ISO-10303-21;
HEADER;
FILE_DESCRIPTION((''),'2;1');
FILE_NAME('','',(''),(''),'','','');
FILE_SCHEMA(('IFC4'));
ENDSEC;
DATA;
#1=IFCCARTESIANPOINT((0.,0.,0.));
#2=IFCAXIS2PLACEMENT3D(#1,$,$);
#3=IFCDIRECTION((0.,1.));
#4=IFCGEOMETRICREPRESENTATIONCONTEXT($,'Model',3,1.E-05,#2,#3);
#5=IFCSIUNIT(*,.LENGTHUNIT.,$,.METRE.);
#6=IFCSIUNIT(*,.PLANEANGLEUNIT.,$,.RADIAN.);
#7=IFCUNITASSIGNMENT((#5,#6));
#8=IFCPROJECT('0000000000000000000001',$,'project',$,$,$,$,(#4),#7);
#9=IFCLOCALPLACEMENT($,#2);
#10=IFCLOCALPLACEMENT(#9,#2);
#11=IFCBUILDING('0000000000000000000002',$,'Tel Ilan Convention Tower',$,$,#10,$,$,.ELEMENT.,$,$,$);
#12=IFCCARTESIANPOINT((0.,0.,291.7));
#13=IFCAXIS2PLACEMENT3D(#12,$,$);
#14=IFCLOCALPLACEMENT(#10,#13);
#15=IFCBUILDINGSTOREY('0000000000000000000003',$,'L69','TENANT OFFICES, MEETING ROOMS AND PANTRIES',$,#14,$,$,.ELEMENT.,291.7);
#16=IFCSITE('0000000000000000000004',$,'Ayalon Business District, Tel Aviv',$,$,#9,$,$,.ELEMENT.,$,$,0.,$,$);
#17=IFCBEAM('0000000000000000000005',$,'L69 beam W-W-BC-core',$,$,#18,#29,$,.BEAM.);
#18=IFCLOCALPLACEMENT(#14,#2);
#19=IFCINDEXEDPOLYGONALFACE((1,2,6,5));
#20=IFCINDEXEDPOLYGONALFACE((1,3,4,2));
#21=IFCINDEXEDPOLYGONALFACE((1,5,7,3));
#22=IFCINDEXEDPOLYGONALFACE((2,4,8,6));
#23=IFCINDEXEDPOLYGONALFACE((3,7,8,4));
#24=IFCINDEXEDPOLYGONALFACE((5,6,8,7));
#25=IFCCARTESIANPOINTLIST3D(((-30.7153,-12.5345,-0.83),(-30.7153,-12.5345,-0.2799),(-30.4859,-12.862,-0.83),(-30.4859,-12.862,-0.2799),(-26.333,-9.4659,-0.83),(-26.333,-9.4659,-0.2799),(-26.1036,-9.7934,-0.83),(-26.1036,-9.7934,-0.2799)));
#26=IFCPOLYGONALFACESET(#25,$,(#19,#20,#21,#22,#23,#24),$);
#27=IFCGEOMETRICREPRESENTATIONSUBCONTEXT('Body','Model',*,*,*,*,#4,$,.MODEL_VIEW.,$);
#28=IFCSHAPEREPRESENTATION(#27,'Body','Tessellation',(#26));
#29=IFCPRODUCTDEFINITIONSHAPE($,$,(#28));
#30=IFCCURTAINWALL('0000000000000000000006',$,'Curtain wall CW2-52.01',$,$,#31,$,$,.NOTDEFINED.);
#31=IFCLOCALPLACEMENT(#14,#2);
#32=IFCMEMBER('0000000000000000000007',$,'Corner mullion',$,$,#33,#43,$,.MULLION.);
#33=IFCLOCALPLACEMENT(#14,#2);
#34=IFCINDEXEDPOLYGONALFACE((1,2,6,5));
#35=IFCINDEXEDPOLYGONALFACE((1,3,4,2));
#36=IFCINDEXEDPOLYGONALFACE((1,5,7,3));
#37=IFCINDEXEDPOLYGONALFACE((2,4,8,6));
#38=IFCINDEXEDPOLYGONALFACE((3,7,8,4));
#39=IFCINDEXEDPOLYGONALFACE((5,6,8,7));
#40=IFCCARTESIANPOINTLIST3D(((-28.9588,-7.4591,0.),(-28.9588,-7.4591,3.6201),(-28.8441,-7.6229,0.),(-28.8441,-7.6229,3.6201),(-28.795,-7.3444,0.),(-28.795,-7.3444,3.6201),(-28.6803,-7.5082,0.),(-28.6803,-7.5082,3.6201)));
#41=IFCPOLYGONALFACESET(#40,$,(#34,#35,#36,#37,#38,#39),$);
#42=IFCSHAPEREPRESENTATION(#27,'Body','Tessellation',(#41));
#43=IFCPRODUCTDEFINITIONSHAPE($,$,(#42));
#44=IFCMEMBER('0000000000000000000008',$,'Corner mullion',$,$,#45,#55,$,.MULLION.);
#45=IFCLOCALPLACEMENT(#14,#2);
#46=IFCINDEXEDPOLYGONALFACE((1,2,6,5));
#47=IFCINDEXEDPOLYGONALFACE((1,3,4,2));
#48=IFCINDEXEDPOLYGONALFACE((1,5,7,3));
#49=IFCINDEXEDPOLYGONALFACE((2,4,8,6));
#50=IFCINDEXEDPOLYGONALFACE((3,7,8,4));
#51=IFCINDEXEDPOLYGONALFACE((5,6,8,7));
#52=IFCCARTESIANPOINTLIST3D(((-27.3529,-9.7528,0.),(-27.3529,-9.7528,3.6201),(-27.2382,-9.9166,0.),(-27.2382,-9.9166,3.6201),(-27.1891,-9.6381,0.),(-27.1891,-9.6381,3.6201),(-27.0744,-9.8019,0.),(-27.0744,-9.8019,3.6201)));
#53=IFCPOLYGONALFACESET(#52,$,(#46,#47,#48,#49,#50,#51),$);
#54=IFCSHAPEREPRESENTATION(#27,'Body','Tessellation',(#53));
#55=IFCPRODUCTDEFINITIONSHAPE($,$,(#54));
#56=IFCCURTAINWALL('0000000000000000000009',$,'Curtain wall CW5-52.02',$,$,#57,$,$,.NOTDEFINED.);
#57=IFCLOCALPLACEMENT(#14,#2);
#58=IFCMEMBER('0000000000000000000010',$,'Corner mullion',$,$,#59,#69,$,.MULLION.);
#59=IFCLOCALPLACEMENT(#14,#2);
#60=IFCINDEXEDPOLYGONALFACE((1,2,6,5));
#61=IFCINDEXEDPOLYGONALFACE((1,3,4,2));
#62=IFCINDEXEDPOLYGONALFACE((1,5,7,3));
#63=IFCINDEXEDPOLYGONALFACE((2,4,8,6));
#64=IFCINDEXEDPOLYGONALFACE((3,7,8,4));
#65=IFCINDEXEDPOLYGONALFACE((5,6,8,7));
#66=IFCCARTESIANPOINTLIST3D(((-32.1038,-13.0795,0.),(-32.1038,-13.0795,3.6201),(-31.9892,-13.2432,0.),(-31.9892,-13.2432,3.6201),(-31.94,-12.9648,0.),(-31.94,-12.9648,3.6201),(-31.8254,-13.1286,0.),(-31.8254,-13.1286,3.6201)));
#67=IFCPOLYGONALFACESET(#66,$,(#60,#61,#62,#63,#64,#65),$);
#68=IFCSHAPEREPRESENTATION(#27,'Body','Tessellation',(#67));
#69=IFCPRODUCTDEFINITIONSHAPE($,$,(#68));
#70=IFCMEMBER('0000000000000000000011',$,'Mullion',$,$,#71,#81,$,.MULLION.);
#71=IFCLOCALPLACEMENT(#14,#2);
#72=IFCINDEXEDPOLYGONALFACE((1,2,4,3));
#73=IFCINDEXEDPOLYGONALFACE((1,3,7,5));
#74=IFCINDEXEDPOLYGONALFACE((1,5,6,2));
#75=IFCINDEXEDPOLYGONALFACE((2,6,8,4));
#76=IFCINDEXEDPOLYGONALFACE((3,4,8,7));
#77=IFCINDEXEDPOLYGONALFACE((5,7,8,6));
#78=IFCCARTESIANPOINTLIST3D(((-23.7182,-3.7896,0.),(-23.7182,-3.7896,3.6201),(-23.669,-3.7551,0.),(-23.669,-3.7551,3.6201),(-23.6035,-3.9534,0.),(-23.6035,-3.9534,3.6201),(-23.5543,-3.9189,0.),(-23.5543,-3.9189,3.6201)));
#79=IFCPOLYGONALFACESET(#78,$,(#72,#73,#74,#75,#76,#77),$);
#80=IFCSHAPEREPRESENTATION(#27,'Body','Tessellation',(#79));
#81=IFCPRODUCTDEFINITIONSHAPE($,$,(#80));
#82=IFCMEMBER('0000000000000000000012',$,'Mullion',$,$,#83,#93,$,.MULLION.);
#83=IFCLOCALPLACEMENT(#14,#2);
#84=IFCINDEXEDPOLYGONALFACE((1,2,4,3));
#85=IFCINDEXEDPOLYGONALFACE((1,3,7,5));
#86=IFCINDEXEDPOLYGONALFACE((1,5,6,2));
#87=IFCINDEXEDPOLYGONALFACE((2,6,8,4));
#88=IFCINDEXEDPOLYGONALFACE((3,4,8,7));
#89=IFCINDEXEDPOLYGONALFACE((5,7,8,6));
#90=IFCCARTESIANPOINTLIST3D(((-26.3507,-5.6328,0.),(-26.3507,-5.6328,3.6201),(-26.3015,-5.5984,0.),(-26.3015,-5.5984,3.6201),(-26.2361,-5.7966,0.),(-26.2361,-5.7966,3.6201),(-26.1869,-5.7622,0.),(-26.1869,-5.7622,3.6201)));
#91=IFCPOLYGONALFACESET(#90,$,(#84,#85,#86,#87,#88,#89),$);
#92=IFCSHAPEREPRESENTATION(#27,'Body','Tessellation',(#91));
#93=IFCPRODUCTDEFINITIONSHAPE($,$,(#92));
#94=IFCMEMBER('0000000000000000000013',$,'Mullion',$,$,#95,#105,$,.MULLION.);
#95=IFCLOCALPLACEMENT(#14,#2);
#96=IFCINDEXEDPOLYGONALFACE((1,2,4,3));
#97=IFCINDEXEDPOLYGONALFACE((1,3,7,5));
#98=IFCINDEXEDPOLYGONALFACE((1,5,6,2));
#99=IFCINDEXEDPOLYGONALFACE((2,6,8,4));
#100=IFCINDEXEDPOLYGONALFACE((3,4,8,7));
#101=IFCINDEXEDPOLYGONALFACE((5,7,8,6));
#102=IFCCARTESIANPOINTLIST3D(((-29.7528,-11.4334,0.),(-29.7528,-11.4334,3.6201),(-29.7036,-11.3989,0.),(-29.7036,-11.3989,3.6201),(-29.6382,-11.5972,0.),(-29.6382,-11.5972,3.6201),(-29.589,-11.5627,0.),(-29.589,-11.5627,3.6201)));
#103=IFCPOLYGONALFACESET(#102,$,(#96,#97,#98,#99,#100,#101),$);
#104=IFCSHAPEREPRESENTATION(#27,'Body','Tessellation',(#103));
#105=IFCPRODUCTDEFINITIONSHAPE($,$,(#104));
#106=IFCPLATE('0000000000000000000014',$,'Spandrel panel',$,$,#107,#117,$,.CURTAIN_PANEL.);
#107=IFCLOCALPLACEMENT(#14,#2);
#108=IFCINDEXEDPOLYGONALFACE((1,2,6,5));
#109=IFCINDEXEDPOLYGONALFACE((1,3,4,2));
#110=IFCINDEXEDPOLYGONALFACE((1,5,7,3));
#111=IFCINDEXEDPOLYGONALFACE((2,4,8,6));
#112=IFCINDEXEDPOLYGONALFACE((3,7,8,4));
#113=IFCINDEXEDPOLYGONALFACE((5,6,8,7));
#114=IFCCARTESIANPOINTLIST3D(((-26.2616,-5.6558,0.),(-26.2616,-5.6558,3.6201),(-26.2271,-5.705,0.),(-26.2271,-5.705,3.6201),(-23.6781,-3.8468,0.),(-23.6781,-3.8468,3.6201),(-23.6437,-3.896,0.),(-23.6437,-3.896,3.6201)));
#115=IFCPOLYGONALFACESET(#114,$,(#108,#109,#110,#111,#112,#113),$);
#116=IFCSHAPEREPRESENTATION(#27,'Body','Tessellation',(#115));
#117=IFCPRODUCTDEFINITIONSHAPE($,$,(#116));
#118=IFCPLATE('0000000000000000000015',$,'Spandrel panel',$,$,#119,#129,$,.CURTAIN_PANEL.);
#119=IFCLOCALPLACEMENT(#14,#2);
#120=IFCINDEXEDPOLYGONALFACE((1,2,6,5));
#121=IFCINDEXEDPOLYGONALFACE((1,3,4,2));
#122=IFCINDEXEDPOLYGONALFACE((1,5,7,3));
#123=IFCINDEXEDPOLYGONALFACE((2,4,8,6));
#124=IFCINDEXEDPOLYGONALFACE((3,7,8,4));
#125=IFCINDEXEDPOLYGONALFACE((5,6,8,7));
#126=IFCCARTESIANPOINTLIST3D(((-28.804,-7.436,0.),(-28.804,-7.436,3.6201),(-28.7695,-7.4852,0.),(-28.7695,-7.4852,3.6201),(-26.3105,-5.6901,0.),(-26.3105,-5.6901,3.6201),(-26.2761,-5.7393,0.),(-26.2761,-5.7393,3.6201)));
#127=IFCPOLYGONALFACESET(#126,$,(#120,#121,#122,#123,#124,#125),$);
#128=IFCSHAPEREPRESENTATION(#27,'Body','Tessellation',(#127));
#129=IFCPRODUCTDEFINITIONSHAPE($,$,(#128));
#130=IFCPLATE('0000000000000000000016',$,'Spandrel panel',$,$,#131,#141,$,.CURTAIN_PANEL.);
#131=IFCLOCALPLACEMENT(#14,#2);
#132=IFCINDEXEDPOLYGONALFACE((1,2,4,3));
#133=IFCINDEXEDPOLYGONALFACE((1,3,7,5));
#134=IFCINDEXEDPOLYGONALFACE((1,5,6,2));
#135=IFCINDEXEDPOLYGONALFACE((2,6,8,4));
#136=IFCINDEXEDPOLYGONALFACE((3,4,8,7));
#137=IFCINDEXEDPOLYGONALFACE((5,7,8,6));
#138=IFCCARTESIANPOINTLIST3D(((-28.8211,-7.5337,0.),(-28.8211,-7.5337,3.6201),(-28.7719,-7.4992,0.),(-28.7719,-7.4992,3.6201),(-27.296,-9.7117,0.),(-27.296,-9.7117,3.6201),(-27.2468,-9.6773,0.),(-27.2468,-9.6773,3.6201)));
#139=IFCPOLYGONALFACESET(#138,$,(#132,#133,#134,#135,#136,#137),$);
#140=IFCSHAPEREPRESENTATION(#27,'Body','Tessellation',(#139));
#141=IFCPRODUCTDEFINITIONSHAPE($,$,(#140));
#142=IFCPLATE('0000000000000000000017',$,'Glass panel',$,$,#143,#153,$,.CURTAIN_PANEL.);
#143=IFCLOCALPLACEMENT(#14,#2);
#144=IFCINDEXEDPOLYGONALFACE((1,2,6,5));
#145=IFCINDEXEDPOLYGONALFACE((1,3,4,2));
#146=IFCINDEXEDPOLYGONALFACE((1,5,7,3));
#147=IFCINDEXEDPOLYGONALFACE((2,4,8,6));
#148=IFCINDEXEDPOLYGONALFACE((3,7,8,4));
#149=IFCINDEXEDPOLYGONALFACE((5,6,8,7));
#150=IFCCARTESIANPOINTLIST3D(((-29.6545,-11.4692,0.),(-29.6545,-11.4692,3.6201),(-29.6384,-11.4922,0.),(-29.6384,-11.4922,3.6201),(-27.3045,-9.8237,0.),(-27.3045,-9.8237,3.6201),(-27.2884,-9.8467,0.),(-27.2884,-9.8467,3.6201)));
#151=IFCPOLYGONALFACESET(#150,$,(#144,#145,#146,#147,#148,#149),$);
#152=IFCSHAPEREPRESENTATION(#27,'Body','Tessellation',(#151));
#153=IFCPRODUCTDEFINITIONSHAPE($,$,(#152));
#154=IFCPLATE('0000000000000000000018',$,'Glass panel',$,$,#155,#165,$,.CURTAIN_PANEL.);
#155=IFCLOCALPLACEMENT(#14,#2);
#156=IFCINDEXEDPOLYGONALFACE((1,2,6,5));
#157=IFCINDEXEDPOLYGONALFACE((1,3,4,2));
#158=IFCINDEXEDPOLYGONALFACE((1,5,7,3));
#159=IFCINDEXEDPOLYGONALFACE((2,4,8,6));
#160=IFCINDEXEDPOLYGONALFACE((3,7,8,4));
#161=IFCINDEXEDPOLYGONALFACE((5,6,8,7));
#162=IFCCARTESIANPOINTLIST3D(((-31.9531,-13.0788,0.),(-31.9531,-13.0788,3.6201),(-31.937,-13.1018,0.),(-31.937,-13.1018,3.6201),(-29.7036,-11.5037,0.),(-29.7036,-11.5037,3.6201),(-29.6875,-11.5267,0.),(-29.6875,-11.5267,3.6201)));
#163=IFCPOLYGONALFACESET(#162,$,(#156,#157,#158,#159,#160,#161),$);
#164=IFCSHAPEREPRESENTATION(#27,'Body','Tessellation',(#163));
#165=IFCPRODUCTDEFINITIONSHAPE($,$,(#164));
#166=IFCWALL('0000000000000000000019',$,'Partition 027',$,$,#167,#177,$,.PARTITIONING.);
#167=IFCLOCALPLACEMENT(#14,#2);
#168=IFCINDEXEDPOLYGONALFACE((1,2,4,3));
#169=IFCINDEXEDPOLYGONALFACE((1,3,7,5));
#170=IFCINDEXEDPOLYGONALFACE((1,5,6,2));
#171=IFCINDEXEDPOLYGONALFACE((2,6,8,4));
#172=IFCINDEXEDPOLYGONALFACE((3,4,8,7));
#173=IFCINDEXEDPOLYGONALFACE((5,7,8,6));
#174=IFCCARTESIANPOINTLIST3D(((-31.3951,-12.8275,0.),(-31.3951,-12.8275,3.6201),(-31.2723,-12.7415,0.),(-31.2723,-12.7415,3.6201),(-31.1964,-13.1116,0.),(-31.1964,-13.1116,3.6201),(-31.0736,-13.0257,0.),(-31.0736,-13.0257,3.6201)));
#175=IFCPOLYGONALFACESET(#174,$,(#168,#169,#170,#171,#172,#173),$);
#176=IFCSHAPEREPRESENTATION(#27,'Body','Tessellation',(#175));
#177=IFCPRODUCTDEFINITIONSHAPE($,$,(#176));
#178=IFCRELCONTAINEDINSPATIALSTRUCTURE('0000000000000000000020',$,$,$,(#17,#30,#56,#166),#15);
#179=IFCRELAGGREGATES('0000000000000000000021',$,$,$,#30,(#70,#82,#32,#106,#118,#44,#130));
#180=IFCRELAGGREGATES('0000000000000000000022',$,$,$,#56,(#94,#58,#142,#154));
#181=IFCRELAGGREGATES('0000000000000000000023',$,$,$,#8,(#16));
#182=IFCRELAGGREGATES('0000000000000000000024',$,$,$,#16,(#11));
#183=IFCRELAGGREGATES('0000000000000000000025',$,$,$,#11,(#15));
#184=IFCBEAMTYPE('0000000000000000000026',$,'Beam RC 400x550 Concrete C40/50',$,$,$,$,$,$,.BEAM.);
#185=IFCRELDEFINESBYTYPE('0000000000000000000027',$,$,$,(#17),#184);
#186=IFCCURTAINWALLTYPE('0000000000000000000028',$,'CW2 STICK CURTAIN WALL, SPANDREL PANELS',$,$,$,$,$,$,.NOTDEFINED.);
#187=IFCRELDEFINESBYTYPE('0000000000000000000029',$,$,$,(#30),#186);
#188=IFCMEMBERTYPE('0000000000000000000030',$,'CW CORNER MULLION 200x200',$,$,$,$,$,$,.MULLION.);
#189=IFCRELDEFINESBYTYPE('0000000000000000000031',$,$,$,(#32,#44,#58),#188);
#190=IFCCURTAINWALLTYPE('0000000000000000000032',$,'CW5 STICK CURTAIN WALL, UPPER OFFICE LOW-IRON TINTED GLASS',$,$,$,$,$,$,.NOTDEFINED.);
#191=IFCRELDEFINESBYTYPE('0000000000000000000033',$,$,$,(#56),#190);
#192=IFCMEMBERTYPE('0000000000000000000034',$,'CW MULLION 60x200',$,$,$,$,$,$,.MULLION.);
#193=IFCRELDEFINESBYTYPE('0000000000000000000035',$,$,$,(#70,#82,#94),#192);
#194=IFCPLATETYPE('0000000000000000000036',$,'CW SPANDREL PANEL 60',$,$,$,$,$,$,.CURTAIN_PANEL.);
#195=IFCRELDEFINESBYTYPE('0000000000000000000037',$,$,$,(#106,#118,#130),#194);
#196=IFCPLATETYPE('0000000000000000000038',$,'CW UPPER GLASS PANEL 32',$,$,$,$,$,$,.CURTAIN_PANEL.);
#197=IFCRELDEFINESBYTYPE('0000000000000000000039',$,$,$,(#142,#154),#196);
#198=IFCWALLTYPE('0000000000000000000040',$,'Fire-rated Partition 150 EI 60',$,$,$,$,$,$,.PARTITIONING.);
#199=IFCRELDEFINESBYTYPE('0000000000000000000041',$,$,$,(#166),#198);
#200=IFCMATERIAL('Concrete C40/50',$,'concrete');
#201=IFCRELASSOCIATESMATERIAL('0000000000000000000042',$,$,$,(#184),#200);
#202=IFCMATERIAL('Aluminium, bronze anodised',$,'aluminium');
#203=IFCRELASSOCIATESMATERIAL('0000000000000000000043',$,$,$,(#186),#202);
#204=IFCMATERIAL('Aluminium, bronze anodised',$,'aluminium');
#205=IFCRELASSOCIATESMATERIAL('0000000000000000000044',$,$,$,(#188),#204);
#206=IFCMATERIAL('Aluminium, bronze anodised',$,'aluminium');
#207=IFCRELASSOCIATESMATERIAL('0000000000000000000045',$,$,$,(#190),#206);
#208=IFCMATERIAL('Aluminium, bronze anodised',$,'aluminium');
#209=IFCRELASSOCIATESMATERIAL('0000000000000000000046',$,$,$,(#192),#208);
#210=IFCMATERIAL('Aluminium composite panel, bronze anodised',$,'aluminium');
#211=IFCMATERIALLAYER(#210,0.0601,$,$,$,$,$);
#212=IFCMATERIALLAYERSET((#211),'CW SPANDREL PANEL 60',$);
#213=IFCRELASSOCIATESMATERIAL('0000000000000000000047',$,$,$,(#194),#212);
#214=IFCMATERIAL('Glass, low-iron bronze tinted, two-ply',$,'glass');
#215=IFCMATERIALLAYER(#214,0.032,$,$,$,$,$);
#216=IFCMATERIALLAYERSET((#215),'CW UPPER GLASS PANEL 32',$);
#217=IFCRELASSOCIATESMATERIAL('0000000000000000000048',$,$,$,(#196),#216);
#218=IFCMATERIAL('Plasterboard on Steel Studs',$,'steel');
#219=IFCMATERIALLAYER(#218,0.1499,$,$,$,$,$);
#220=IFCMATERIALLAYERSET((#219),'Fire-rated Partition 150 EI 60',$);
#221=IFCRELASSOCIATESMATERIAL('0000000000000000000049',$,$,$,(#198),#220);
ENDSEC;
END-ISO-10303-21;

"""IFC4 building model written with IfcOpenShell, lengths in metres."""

from ifc_helpers import new_model, si_unit, direction, frame, frame_2d, origin, origin_2d, place, context, subcontext, project, spatial, rectangle, extrude, material, layer, layer_set, material_profile, profile_set, type_object, element, aggregate, save


model = new_model("IFC4")

# Units and contexts
model_context = context("Model", 3, precision=1e-05, world=origin(), true_north=direction((0.0, 1.0)))
body_context = subcontext(model_context, "Body", "Model", "MODEL_VIEW")
ifc_project = project(units=[si_unit("LENGTHUNIT", "METRE"), si_unit("PLANEANGLEUNIT", "RADIAN")], contexts=[model_context])

# Site, building, storey
site_placement = place(None, origin())
site = spatial("IfcSite", under=ifc_project, at=site_placement, Name="Ayalon Business District, Tel Aviv", CompositionType="ELEMENT", RefElevation=0.0)
building_placement = place(site_placement, origin())
building = spatial("IfcBuilding", under=site, at=building_placement, Name="Tel Ilan Convention Tower", CompositionType="ELEMENT")
storey_placement = place(building_placement, frame((0.0, 0.0, 291.7)))
storey = spatial("IfcBuildingStorey", under=building, at=storey_placement, Name="L69", Description="TENANT OFFICES, MEETING ROOMS AND PANTRIES", CompositionType="ELEMENT", Elevation=291.7)

# Beam
ifc_material_1 = material(Name="Concrete C40/50", Category="concrete")
ifc_material_profile_1 = material_profile(ifc_material_1, rectangle(XDim=0.3999, YDim=0.55, at=origin_2d()), Name="RC 400x550")
ifc_profile_set_1 = profile_set([ifc_material_profile_1], Name="Concrete C40/50")
beam_type = type_object("IfcBeamType", Name="Beam RC 400x550 Concrete C40/50", PredefinedType="BEAM", material=ifc_profile_set_1)
beam_placement = place(storey_placement, frame((-30.6006, -12.6982, -0.5549), z_axis=(0.819146, 0.573585, 0.0), x_axis=(-0.573585, 0.819146, 0.0)))
element("IfcBeam", 1, at=beam_placement, inside=storey, type_object=beam_type, Name="L69 beam W-W-BC-core", PredefinedType="BEAM", context=body_context, shape_type="SweptSolid", body=[
    extrude(rectangle(XDim=0.3999, YDim=0.55, at=origin_2d()), origin(), (0.0, 0.0, 1.0), 5.3499),
])

# Curtain wall, members
ifc_material_2 = material(Name="Aluminium, bronze anodised", Category="aluminium")
curtain_wall_type_1 = type_object("IfcCurtainWallType", Name="CW2 STICK CURTAIN WALL, SPANDREL PANELS", PredefinedType="NOTDEFINED", material=ifc_material_2)
curtain_wall_1_placement = place(storey_placement, origin())
curtain_wall_1 = element("IfcCurtainWall", 2, at=curtain_wall_1_placement, inside=storey, type_object=curtain_wall_type_1, Name="Curtain wall CW2-52.01", PredefinedType="NOTDEFINED")
ifc_material_3 = material(Name="Aluminium, bronze anodised", Category="aluminium")
ifc_material_profile_2 = material_profile(ifc_material_3, rectangle(XDim=0.2, YDim=0.2, at=origin_2d()), Name="CW CORNER MULLION 200x200")
ifc_profile_set_2 = profile_set([ifc_material_profile_2], Name="Aluminium, bronze anodised")
member_type_1 = type_object("IfcMemberType", Name="CW CORNER MULLION 200x200", PredefinedType="MULLION", material=ifc_profile_set_2)
member_1_placement = place(storey_placement, frame((-28.8196, -7.4836, 0.0), z_axis=(0.0, 0.0, 1.0), x_axis=(-0.819152, -0.573576, 0.0)))
member_1 = element("IfcMember", 3, at=member_1_placement, type_object=member_type_1, Name="Corner mullion", PredefinedType="MULLION", context=body_context, shape_type="SweptSolid", body=[
    extrude(rectangle(XDim=0.2, YDim=0.2, at=origin_2d()), origin(), (0.0, 0.0, 1.0), 3.6201),
])
member_2_placement = place(storey_placement, frame((-27.2136, -9.7773, 0.0), z_axis=(0.0, 0.0, 1.0), x_axis=(0.573576, -0.819152, 0.0)))
member_2 = element("IfcMember", 4, at=member_2_placement, type_object=member_type_1, Name="Corner mullion", PredefinedType="MULLION", context=body_context, shape_type="SweptSolid", body=[
    extrude(rectangle(XDim=0.2, YDim=0.2, at=origin_2d()), origin(), (0.0, 0.0, 1.0), 3.6201),
])

# Curtain wall, member
ifc_material_4 = material(Name="Aluminium, bronze anodised", Category="aluminium")
curtain_wall_type_2 = type_object("IfcCurtainWallType", Name="CW5 STICK CURTAIN WALL, UPPER OFFICE LOW-IRON TINTED GLASS", PredefinedType="NOTDEFINED", material=ifc_material_4)
curtain_wall_2_placement = place(storey_placement, origin())
curtain_wall_2 = element("IfcCurtainWall", 5, at=curtain_wall_2_placement, inside=storey, type_object=curtain_wall_type_2, Name="Curtain wall CW5-52.02", PredefinedType="NOTDEFINED")
member_3_placement = place(storey_placement, frame((-31.9646, -13.104, 0.0), z_axis=(0.0, 0.0, 1.0), x_axis=(-0.819152, -0.573576, 0.0)))
member_3 = element("IfcMember", 6, at=member_3_placement, type_object=member_type_1, Name="Corner mullion", PredefinedType="MULLION", context=body_context, shape_type="SweptSolid", body=[
    extrude(rectangle(XDim=0.2, YDim=0.2, at=origin_2d()), origin(), (0.0, 0.0, 1.0), 3.6201),
])

# Members
ifc_material_5 = material(Name="Aluminium, bronze anodised", Category="aluminium")
ifc_material_profile_3 = material_profile(ifc_material_5, rectangle(XDim=0.0601, YDim=0.2, at=origin_2d()), Name="CW MULLION 60x200")
ifc_profile_set_3 = profile_set([ifc_material_profile_3], Name="Aluminium, bronze anodised")
member_type_2 = type_object("IfcMemberType", Name="CW MULLION 60x200", PredefinedType="MULLION", material=ifc_profile_set_3)
member_4_placement = place(storey_placement, frame((-23.6362, -3.8542, 0.0), z_axis=(0.0, 0.0, 1.0), x_axis=(-0.819152, -0.573576, 0.0)))
member_4 = element("IfcMember", 7, at=member_4_placement, type_object=member_type_2, Name="Mullion", PredefinedType="MULLION", context=body_context, shape_type="SweptSolid", body=[
    extrude(rectangle(XDim=0.0601, YDim=0.2, at=origin_2d()), origin(), (0.0, 0.0, 1.0), 3.6201),
])
member_5_placement = place(storey_placement, frame((-26.2688, -5.6975, 0.0), z_axis=(0.0, 0.0, 1.0), x_axis=(-0.819152, -0.573576, 0.0)))
member_5 = element("IfcMember", 8, at=member_5_placement, type_object=member_type_2, Name="Mullion", PredefinedType="MULLION", context=body_context, shape_type="SweptSolid", body=[
    extrude(rectangle(XDim=0.0601, YDim=0.2, at=origin_2d()), origin(), (0.0, 0.0, 1.0), 3.6201),
])
member_6_placement = place(storey_placement, frame((-29.6709, -11.498, 0.0), z_axis=(0.0, 0.0, 1.0), x_axis=(-0.819152, -0.573576, 0.0)))
member_6 = element("IfcMember", 9, at=member_6_placement, type_object=member_type_2, Name="Mullion", PredefinedType="MULLION", context=body_context, shape_type="SweptSolid", body=[
    extrude(rectangle(XDim=0.0601, YDim=0.2, at=origin_2d()), origin(), (0.0, 0.0, 1.0), 3.6201),
])

# Plates
ifc_material_6 = material(Name="Aluminium composite panel, bronze anodised", Category="aluminium")
ifc_layer_1 = layer(ifc_material_6, 0.0601)
ifc_layer_set_1 = layer_set([ifc_layer_1], Name="CW SPANDREL PANEL 60")
plate_type_1 = type_object("IfcPlateType", Name="CW SPANDREL PANEL 60", PredefinedType="CURTAIN_PANEL", material=ifc_layer_set_1)
plate_1_placement = place(storey_placement, frame((-24.9526, -4.7759, 0.0), z_axis=(0.0, 0.0, 1.0), x_axis=(-0.819152, -0.573576, 0.0)))
plate_1 = element("IfcPlate", 10, at=plate_1_placement, type_object=plate_type_1, Name="Spandrel panel", PredefinedType="CURTAIN_PANEL", context=body_context, shape_type="SweptSolid", body=[
    extrude(rectangle(XDim=3.1538, YDim=0.0601, at=origin_2d()), origin(), (0.0, 0.0, 1.0), 3.6201),
])
plate_2_placement = place(storey_placement, frame((-27.54, -6.5876, 0.0), z_axis=(0.0, 0.0, 1.0), x_axis=(-0.819152, -0.573576, 0.0)))
plate_2 = element("IfcPlate", 11, at=plate_2_placement, type_object=plate_type_1, Name="Spandrel panel", PredefinedType="CURTAIN_PANEL", context=body_context, shape_type="SweptSolid", body=[
    extrude(rectangle(XDim=3.0439, YDim=0.0601, at=origin_2d()), origin(), (0.0, 0.0, 1.0), 3.6201),
])
plate_3_placement = place(storey_placement, frame((-28.0339, -8.6055, 0.0), z_axis=(0.0, 0.0, 1.0), x_axis=(0.573576, -0.819152, 0.0)))
plate_3 = element("IfcPlate", 12, at=plate_3_placement, type_object=plate_type_1, Name="Spandrel panel", PredefinedType="CURTAIN_PANEL", context=body_context, shape_type="SweptSolid", body=[
    extrude(rectangle(XDim=2.6589, YDim=0.0601, at=origin_2d()), origin(), (0.0, 0.0, 1.0), 3.6201),
])
aggregate(curtain_wall_1, [member_4, member_5, member_1, plate_1, plate_2, member_2, plate_3])
ifc_material_7 = material(Name="Glass, low-iron bronze tinted, two-ply", Category="glass")
ifc_layer_2 = layer(ifc_material_7, 0.032)
ifc_layer_set_2 = layer_set([ifc_layer_2], Name="CW UPPER GLASS PANEL 32")
plate_type_2 = type_object("IfcPlateType", Name="CW UPPER GLASS PANEL 32", PredefinedType="CURTAIN_PANEL", material=ifc_layer_set_2)
plate_4_placement = place(storey_placement, frame((-28.4714, -10.658, 0.0), z_axis=(0.0, 0.0, 1.0), x_axis=(-0.819152, -0.573576, 0.0)))
plate_4 = element("IfcPlate", 13, at=plate_4_placement, type_object=plate_type_2, Name="Glass panel", PredefinedType="CURTAIN_PANEL", context=body_context, shape_type="SweptSolid", body=[
    extrude(rectangle(XDim=2.8689, YDim=0.0281, at=origin_2d()), origin(), (0.0, 0.0, 1.0), 3.6201),
])
plate_5_placement = place(storey_placement, frame((-30.8203, -12.3027, 0.0), z_axis=(0.0, 0.0, 1.0), x_axis=(-0.819152, -0.573576, 0.0)))
plate_5 = element("IfcPlate", 14, at=plate_5_placement, type_object=plate_type_2, Name="Glass panel", PredefinedType="CURTAIN_PANEL", context=body_context, shape_type="SweptSolid", body=[
    extrude(rectangle(XDim=2.7461, YDim=0.0281, at=origin_2d()), origin(), (0.0, 0.0, 1.0), 3.6201),
])
aggregate(curtain_wall_2, [member_6, member_3, plate_4, plate_5])

# Wall
ifc_material_8 = material(Name="Plasterboard on Steel Studs", Category="steel")
ifc_layer_3 = layer(ifc_material_8, 0.1499)
ifc_layer_set_3 = layer_set([ifc_layer_3], Name="Fire-rated Partition 150 EI 60")
wall_type_1 = type_object("IfcWallType", Name="Fire-rated Partition 150 EI 60", PredefinedType="PARTITIONING", material=ifc_layer_set_3)
wall_1_placement = place(storey_placement, frame((-31.135, -13.0686, 0.0), z_axis=(0.0, 0.0, 1.0), x_axis=(-0.573084, 0.819496, 0.0)))
element("IfcWall", 15, at=wall_1_placement, inside=storey, type_object=wall_type_1, Name="Partition 027", PredefinedType="PARTITIONING", context=body_context, shape_type="SweptSolid", body=[
    extrude(rectangle(XDim=0.3467, YDim=0.1499, at=frame_2d((0.1733, 0.0))), origin(), (0.0, 0.0, 1.0), 3.6201),
])

save(model, "model.ifc")
